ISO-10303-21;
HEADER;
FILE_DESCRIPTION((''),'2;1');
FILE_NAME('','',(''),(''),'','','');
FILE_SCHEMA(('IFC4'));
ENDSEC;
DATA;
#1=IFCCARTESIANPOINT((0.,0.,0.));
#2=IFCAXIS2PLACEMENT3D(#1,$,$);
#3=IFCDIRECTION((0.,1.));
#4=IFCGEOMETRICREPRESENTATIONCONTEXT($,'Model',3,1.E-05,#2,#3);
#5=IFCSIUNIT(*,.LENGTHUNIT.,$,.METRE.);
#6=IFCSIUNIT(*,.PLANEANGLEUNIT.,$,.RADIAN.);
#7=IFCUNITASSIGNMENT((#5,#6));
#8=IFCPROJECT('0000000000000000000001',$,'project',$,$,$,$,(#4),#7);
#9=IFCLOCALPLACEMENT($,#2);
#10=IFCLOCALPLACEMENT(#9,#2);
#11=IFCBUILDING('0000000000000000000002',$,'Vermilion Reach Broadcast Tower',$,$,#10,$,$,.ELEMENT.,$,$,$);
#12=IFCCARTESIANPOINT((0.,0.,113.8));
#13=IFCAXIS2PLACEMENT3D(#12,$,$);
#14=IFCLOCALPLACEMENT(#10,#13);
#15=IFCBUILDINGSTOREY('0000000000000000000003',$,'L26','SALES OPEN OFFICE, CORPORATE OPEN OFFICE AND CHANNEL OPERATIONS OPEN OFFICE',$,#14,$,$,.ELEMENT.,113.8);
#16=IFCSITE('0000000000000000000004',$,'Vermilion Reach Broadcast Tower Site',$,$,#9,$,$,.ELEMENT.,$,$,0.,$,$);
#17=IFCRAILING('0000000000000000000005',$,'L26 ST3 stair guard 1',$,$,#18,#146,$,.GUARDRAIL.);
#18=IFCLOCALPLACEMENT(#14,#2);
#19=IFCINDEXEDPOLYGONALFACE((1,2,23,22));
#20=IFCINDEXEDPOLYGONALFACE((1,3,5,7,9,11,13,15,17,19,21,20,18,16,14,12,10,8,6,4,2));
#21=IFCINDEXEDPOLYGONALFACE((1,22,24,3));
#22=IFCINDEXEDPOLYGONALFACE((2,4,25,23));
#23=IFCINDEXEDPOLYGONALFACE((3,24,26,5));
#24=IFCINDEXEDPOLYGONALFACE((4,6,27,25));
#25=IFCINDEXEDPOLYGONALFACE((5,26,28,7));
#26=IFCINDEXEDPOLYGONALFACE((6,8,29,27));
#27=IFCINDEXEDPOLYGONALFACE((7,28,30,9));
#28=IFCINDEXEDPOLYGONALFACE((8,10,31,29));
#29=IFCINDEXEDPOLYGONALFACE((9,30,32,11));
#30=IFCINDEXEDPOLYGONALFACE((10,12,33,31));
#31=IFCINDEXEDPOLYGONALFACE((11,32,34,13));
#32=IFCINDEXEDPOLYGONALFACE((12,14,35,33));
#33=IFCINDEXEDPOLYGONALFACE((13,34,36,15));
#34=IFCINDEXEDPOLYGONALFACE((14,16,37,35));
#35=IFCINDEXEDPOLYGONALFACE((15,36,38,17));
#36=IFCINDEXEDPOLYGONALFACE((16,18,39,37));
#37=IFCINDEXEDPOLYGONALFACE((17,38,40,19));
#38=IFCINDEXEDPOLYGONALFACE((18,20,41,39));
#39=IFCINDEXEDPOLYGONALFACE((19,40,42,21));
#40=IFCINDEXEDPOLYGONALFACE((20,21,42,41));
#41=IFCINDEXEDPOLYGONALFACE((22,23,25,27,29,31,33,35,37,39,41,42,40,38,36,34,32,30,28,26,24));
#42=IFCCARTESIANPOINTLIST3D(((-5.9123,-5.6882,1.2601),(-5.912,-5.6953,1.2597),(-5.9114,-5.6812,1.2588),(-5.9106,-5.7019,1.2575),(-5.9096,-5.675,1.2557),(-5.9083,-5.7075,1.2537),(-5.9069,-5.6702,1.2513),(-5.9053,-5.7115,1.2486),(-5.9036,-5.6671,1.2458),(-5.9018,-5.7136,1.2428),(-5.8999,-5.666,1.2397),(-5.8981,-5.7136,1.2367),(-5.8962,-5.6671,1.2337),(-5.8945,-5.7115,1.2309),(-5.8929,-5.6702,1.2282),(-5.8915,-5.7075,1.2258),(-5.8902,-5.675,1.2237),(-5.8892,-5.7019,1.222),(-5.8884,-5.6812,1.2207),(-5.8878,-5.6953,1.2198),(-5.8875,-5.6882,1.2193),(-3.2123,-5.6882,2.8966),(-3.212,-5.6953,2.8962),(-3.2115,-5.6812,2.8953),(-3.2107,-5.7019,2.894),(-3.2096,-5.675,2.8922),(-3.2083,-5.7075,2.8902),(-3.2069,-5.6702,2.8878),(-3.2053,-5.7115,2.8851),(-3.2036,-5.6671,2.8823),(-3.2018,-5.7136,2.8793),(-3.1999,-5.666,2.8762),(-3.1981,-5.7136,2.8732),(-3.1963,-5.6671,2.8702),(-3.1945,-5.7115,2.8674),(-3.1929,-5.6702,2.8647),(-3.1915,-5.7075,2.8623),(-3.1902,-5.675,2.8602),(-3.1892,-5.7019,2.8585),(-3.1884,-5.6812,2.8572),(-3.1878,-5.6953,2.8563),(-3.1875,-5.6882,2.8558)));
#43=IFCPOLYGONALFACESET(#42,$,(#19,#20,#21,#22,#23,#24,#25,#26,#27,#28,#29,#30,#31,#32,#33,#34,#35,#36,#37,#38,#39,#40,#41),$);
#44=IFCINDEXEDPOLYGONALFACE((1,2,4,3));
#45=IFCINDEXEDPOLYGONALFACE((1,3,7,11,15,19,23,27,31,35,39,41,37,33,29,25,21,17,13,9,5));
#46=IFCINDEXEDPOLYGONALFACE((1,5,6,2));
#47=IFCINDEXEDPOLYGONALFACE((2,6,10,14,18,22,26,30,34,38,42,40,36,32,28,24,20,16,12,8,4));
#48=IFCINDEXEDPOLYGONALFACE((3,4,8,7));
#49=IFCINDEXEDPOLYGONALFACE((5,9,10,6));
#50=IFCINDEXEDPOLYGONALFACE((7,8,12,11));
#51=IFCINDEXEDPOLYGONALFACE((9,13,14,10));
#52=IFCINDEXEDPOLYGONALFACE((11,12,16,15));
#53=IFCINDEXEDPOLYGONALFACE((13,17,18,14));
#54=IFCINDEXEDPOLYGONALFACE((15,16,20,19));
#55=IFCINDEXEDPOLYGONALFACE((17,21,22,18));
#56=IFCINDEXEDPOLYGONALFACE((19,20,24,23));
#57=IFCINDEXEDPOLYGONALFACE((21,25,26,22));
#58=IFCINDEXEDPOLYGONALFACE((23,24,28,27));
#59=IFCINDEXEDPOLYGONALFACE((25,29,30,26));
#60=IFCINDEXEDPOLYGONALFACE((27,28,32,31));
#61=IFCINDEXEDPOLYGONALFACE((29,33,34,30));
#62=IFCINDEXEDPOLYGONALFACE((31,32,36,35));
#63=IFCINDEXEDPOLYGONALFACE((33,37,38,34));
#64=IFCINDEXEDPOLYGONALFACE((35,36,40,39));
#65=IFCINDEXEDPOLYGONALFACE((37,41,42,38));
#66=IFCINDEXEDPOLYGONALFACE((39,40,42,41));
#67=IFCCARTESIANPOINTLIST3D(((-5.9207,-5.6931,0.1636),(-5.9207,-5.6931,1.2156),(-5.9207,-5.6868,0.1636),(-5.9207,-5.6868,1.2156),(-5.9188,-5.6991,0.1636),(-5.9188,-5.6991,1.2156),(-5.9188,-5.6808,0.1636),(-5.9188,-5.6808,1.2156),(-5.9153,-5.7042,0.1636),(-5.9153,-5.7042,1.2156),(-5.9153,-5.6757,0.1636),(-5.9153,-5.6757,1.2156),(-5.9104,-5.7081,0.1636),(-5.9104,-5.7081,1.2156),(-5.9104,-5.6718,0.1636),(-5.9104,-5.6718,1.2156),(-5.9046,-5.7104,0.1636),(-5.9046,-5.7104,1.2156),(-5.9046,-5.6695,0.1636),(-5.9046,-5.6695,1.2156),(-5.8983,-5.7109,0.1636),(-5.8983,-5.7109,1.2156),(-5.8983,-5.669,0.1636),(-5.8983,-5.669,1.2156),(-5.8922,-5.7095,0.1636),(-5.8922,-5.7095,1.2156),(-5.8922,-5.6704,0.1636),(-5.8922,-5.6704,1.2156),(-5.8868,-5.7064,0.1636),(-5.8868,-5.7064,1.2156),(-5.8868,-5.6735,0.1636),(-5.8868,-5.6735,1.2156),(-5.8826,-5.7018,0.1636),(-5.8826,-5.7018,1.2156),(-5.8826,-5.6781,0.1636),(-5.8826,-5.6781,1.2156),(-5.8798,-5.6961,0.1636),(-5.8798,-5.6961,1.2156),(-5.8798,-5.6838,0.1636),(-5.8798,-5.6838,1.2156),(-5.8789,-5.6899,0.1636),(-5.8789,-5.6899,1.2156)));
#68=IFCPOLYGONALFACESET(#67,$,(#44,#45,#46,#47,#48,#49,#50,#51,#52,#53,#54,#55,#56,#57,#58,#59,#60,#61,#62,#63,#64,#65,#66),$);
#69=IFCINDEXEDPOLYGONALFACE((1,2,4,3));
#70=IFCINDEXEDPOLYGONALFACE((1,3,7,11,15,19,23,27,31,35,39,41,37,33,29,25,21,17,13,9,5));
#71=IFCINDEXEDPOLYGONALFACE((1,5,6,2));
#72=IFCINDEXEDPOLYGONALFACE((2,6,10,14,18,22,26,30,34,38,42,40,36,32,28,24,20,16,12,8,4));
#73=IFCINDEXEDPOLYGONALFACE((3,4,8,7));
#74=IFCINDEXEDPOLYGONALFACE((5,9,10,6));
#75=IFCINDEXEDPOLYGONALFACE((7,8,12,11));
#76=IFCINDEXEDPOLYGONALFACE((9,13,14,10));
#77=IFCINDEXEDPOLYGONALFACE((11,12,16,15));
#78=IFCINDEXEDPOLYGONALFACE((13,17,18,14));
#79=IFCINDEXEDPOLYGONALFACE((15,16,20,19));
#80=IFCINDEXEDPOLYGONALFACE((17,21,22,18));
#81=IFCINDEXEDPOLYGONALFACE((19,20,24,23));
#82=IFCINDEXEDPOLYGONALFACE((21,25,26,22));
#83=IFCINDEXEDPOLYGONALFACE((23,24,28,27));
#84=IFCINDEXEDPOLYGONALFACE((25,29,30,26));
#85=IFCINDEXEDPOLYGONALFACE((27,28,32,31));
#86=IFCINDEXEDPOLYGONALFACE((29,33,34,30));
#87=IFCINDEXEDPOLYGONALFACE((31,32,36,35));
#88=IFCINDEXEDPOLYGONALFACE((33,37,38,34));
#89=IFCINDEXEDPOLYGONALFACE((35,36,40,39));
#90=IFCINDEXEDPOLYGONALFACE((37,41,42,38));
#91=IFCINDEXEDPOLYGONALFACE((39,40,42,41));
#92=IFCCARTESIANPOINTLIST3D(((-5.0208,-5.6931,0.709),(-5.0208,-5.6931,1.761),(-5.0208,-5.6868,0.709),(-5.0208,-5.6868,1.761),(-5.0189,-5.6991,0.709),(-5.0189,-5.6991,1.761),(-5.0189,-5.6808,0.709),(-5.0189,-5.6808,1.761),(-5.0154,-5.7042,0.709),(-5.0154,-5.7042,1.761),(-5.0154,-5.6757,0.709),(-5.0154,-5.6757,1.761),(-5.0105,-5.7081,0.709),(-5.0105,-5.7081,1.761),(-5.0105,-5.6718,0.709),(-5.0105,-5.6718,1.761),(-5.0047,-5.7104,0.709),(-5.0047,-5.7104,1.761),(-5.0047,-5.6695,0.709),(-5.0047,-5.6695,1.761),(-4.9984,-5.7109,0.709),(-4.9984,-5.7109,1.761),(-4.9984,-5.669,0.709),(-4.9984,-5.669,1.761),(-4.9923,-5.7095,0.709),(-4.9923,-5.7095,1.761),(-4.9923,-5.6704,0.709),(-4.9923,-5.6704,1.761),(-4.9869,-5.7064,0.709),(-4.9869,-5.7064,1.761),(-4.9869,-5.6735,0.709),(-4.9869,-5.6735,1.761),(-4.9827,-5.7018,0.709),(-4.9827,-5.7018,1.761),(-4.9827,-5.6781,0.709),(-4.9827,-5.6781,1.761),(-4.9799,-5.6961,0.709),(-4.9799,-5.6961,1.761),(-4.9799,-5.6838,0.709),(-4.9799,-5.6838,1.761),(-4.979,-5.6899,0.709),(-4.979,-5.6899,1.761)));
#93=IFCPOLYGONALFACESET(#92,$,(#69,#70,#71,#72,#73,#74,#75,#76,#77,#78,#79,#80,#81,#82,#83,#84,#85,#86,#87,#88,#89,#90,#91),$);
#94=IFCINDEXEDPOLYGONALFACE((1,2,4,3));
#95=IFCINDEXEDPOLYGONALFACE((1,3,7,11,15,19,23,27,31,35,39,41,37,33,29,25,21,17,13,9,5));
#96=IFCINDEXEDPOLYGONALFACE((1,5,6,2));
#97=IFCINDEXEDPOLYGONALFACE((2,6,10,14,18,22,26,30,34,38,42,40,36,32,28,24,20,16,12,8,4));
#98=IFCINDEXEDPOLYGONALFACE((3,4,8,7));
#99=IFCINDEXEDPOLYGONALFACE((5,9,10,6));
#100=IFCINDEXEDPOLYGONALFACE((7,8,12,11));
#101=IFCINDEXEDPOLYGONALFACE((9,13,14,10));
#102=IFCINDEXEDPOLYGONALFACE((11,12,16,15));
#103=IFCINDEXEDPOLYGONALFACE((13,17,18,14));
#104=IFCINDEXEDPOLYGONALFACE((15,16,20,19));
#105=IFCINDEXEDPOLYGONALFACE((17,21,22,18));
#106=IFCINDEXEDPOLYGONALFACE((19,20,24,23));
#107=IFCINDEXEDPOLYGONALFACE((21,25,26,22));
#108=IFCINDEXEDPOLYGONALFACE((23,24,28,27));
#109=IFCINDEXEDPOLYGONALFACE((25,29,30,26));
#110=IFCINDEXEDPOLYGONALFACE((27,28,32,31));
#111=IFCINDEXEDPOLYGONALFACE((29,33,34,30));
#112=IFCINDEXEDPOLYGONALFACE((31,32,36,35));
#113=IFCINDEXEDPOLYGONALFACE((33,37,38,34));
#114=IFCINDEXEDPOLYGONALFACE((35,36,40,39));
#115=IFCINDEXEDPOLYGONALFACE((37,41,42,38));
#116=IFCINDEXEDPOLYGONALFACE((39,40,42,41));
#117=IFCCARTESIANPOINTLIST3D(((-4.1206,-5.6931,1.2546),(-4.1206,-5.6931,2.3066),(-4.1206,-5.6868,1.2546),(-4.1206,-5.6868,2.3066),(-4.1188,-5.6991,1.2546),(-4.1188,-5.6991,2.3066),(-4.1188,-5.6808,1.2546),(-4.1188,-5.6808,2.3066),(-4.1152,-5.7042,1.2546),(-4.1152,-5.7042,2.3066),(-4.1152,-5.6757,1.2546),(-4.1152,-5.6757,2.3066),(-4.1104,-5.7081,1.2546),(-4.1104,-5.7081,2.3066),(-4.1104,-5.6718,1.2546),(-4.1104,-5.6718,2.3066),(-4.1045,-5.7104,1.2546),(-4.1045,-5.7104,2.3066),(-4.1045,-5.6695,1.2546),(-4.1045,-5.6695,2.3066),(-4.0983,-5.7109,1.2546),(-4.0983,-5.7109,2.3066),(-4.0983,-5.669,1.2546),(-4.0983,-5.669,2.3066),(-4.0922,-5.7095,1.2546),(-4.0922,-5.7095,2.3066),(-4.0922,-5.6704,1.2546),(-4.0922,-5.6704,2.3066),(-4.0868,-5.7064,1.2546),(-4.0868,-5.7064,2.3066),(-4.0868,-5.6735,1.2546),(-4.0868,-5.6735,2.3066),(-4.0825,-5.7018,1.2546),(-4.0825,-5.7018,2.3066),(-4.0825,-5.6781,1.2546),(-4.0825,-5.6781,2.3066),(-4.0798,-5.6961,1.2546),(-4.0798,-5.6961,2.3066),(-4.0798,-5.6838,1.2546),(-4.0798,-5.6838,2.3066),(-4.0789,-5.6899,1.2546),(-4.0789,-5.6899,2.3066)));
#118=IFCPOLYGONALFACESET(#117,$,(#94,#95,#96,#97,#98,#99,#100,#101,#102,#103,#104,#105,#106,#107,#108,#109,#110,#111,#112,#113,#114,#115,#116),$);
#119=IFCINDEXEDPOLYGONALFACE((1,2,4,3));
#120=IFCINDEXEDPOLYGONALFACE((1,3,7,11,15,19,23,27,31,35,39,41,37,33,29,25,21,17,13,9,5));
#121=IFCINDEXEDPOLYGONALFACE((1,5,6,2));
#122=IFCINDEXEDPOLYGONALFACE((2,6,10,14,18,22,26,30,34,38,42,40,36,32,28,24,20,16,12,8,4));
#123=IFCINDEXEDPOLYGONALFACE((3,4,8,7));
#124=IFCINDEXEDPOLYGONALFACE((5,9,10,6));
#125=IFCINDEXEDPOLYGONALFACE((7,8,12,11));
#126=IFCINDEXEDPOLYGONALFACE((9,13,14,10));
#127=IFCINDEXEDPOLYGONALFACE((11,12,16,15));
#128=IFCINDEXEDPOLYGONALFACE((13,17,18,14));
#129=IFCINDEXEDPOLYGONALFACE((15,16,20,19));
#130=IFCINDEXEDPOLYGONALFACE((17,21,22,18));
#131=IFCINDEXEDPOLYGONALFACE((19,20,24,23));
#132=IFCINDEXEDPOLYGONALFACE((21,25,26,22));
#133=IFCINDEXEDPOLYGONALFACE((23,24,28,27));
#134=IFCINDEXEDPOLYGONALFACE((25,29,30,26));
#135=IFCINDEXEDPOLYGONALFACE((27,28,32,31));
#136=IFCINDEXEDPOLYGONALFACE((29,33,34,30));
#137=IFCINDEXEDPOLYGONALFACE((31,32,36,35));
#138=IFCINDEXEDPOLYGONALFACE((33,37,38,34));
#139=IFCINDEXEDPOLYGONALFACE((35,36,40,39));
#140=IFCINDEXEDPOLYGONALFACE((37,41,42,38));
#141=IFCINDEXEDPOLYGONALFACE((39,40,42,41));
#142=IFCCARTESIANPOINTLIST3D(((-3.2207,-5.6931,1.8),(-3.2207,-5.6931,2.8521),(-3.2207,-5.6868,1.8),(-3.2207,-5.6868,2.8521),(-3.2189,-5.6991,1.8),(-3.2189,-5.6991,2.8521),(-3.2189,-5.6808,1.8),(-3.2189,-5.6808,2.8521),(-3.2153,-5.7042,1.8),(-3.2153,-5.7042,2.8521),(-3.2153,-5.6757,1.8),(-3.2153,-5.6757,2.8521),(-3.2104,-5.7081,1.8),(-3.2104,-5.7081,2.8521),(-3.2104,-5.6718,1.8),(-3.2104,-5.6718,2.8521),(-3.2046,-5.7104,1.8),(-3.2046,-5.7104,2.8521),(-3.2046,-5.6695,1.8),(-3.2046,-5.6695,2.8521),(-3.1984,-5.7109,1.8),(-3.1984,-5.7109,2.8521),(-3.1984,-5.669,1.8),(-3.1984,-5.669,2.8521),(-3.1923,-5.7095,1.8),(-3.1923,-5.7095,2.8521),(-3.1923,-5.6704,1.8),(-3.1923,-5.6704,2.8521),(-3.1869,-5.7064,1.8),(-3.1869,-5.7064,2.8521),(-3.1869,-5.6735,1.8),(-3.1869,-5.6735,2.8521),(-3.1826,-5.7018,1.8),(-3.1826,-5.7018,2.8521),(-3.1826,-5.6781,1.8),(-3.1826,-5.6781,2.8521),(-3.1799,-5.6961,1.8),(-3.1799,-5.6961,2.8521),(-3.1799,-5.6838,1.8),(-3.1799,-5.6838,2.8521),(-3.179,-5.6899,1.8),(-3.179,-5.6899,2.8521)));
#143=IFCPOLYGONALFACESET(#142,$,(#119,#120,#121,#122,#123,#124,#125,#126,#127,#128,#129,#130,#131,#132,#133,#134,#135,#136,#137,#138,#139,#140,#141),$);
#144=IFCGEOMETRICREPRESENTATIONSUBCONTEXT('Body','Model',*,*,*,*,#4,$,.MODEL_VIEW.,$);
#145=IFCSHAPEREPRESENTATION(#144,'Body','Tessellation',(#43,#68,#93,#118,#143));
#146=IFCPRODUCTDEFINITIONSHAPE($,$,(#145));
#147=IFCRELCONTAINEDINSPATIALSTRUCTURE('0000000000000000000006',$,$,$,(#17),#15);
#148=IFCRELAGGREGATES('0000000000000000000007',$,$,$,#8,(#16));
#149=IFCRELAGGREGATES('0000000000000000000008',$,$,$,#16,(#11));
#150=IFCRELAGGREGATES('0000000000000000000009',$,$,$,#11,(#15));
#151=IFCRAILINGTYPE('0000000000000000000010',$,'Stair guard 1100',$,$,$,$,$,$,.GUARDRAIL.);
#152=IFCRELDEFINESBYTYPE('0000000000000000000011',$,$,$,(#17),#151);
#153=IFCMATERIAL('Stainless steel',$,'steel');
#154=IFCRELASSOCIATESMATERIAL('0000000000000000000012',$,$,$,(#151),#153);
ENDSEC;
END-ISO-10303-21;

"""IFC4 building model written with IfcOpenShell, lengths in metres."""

from ifc_helpers import new_model, si_unit, direction, frame, origin, origin_2d, place, context, subcontext, project, spatial, circle, extrude, material, type_object, element, save


model = new_model("IFC4")

# Units and contexts
model_context = context("Model", 3, precision=1e-05, world=origin(), true_north=direction((0.0, 1.0)))
body_context = subcontext(model_context, "Body", "Model", "MODEL_VIEW")
ifc_project = project(units=[si_unit("LENGTHUNIT", "METRE"), si_unit("PLANEANGLEUNIT", "RADIAN")], contexts=[model_context])

# Site, building, storey
site_placement = place(None, origin())
site = spatial("IfcSite", under=ifc_project, at=site_placement, Name="Vermilion Reach Broadcast Tower Site", CompositionType="ELEMENT", RefElevation=0.0)
building_placement = place(site_placement, origin())
building = spatial("IfcBuilding", under=site, at=building_placement, Name="Vermilion Reach Broadcast Tower", CompositionType="ELEMENT")
storey_placement = place(building_placement, frame((0.0, 0.0, 113.8)))
storey = spatial("IfcBuildingStorey", under=building, at=storey_placement, Name="L26", Description="SALES OPEN OFFICE, CORPORATE OPEN OFFICE AND CHANNEL OPERATIONS OPEN OFFICE", CompositionType="ELEMENT", Elevation=113.8)

# Railing
ifc_material_1 = material(Name="Stainless steel", Category="steel")
railing_type = type_object("IfcRailingType", Name="Stair guard 1100", PredefinedType="GUARDRAIL", material=ifc_material_1)
railing_1_placement = place(storey_placement, frame((-5.8999, -5.6899, 0.1636)))
element("IfcRailing", 1, at=railing_1_placement, inside=storey, type_object=railing_type, Name="L26 ST3 stair guard 1", PredefinedType="GUARDRAIL", context=body_context, shape_type="SweptSolid", body=[
    extrude(circle(Radius=0.0239, at=origin_2d()), frame((0.0, 0.0, 1.0762), z_axis=(0.855178, 0.0, 0.518334), x_axis=(0.0, 1.0, 0.0)), (0.0, 0.0, 1.0), 3.1572),
    extrude(circle(Radius=0.021, at=origin_2d()), origin(), (0.0, 0.0, 1.0), 1.052),
    extrude(circle(Radius=0.021, at=origin_2d()), frame((0.8999, 0.0, 0.5454)), (0.0, 0.0, 1.0), 1.052),
    extrude(circle(Radius=0.021, at=origin_2d()), frame((1.8, 0.0, 1.0911)), (0.0, 0.0, 1.0), 1.052),
    extrude(circle(Radius=0.021, at=origin_2d()), frame((2.7, 0.0, 1.6365)), (0.0, 0.0, 1.0), 1.052),
])

save(model, "model.ifc")
